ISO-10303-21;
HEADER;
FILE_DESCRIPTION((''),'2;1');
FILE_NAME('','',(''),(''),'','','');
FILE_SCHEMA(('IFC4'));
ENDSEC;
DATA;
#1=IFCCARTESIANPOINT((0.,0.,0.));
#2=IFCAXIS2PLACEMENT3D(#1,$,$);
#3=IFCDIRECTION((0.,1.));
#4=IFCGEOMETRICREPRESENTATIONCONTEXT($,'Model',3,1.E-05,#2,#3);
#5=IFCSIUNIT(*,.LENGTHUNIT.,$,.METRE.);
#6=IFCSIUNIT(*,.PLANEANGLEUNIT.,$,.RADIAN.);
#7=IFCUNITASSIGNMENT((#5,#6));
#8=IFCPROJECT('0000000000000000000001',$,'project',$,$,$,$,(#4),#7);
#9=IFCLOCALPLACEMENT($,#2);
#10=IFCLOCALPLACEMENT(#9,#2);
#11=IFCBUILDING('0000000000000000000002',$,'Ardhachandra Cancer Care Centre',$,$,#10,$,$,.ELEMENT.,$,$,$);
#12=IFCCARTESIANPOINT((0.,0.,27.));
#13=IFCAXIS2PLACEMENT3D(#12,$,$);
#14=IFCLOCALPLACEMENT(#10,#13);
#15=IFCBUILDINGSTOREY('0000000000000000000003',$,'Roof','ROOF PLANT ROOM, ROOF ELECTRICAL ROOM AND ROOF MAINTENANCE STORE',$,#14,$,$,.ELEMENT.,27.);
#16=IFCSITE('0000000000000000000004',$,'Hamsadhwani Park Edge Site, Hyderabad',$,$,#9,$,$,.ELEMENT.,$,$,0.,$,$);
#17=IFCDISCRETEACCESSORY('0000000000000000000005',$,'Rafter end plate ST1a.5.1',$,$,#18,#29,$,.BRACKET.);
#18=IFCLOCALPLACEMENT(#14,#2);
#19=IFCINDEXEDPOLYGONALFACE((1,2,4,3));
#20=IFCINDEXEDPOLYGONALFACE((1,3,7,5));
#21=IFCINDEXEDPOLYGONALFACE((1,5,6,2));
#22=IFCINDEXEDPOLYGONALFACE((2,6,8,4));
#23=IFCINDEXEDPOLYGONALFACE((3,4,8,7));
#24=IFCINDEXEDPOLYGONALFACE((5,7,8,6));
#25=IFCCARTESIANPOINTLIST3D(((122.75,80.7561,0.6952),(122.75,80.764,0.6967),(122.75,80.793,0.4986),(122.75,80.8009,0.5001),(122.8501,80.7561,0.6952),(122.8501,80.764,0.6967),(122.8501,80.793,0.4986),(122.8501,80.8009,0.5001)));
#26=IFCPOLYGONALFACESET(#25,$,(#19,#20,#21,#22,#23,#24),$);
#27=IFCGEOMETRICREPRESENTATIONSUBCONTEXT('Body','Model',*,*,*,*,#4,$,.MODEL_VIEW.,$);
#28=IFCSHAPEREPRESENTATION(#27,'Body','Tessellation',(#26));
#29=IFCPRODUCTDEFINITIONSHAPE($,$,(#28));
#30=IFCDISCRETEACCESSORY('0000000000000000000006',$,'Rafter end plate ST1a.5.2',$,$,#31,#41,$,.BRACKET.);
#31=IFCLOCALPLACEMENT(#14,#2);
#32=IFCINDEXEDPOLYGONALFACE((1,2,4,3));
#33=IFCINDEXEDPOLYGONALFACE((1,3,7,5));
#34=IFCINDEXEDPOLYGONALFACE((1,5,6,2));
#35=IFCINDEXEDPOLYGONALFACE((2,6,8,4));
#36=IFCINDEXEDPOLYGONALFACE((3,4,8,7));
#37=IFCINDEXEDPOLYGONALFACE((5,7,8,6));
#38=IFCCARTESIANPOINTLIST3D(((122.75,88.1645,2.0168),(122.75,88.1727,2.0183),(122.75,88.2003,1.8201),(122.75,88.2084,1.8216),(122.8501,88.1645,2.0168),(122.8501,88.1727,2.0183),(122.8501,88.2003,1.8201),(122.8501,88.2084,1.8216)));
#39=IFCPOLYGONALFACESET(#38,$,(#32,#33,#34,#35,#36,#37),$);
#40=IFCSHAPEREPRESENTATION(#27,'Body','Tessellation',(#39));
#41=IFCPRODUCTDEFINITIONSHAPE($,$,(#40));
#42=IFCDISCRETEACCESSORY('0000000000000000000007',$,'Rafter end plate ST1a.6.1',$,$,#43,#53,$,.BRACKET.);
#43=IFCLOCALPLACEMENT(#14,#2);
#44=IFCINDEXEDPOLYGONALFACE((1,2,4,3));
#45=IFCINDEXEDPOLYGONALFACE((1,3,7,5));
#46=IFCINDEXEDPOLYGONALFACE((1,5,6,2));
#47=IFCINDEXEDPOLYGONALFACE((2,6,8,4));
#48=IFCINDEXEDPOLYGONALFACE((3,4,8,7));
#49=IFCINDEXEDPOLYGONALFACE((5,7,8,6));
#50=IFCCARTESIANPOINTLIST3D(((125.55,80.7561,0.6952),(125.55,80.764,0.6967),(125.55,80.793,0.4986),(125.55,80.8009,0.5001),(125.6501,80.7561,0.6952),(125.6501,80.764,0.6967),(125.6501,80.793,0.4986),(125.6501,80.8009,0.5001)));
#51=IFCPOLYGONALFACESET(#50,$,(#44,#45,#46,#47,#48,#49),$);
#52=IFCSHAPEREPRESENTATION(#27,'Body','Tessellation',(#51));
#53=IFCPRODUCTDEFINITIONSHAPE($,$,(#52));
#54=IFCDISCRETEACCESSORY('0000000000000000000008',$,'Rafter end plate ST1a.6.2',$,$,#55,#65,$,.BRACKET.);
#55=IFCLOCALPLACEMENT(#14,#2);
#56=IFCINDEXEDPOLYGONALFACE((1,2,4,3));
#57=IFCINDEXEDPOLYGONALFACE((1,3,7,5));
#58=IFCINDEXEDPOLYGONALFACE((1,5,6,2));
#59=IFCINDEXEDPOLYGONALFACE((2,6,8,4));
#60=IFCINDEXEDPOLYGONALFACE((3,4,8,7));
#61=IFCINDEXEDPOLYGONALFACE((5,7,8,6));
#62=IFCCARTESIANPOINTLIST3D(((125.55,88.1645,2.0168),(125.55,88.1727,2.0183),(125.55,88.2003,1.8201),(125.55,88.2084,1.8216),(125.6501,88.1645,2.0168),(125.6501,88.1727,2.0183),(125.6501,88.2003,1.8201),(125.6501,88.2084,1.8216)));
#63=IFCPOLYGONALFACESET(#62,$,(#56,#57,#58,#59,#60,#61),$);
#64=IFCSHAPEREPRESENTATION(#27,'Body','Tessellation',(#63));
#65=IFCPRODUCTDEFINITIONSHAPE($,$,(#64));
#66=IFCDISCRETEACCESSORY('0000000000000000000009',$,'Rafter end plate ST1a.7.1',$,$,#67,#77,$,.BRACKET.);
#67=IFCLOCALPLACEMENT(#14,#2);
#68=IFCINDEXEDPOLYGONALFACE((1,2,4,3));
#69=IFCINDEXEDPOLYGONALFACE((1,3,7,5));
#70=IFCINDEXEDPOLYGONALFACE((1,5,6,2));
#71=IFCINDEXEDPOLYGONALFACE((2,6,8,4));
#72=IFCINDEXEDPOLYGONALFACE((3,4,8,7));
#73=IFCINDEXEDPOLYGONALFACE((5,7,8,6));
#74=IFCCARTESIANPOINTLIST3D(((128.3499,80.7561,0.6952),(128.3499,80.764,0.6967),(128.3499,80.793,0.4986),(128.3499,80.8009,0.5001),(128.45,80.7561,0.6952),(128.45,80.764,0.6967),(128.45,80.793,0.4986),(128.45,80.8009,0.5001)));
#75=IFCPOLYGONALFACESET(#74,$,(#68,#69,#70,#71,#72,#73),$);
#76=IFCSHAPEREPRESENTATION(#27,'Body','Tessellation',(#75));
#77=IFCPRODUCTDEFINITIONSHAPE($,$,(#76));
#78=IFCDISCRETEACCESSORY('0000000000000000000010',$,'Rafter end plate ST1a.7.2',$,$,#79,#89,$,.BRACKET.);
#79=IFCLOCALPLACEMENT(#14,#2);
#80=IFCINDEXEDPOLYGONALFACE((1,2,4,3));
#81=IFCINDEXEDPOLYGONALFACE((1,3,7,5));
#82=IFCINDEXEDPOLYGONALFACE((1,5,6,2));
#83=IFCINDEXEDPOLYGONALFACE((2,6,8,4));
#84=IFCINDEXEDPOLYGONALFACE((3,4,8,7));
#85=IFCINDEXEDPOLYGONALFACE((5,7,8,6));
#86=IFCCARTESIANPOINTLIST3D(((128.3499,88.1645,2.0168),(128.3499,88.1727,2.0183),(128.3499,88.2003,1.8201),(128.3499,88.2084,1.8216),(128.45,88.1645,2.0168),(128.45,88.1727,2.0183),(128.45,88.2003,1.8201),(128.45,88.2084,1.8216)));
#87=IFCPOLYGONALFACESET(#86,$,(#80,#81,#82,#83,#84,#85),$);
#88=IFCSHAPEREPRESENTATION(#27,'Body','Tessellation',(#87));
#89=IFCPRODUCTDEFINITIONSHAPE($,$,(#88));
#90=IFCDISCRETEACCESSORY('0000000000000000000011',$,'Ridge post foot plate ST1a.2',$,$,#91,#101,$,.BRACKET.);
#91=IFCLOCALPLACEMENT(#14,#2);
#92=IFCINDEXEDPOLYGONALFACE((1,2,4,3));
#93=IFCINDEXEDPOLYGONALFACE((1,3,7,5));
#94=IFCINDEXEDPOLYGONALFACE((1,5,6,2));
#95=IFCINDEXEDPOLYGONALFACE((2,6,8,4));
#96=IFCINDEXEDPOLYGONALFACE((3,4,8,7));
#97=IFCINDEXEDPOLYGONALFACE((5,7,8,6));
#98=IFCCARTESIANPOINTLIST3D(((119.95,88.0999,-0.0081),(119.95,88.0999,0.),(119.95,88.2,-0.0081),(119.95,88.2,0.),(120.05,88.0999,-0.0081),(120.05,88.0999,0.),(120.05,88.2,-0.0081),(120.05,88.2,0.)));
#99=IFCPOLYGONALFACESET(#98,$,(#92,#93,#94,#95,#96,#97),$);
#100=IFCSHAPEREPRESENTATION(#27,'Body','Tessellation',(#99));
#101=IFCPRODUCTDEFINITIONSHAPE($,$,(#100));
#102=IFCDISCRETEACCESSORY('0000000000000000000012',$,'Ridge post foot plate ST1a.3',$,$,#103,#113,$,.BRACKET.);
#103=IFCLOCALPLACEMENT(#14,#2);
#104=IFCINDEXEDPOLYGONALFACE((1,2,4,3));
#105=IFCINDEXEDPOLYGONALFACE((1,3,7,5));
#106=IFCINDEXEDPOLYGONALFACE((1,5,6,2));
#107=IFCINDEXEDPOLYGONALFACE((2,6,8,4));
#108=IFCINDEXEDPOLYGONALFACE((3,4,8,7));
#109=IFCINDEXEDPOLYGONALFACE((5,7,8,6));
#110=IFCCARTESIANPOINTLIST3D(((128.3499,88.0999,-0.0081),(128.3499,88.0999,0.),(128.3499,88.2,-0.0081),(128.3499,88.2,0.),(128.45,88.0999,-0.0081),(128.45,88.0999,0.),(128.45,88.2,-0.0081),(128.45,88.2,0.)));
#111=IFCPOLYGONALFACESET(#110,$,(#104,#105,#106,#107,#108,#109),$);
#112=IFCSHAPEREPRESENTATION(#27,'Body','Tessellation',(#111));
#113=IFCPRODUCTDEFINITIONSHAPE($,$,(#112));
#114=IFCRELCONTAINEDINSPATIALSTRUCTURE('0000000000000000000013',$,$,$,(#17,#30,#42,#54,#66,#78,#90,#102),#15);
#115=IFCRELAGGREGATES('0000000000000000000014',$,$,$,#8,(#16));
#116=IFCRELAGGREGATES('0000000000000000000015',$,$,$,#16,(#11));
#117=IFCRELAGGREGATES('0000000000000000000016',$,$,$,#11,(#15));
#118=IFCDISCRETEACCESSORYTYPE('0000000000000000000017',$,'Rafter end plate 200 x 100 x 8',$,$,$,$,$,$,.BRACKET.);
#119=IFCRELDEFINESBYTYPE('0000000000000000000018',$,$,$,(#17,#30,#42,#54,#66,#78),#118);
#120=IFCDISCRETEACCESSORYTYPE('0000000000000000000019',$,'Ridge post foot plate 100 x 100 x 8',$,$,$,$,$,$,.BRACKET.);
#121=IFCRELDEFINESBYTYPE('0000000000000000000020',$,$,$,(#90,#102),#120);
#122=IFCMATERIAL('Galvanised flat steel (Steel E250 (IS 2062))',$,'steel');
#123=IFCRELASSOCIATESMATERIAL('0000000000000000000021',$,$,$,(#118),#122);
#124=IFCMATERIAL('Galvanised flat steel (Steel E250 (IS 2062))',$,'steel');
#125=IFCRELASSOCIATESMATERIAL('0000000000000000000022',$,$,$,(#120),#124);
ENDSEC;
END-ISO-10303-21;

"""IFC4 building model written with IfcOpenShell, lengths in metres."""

from ifc_helpers import new_model, si_unit, direction, frame, origin, origin_2d, place, context, subcontext, project, spatial, rectangle, extrude, material, material_profile, profile_set, type_object, element, save


model = new_model("IFC4")

# Units and contexts
model_context = context("Model", 3, precision=1e-05, world=origin(), true_north=direction((0.0, 1.0)))
body_context = subcontext(model_context, "Body", "Model", "MODEL_VIEW")
ifc_project = project(units=[si_unit("LENGTHUNIT", "METRE"), si_unit("PLANEANGLEUNIT", "RADIAN")], contexts=[model_context])

# Site, building, storey
site_placement = place(None, origin())
site = spatial("IfcSite", under=ifc_project, at=site_placement, Name="Hamsadhwani Park Edge Site, Hyderabad", CompositionType="ELEMENT", RefElevation=0.0)
building_placement = place(site_placement, origin())
building = spatial("IfcBuilding", under=site, at=building_placement, Name="Ardhachandra Cancer Care Centre", CompositionType="ELEMENT")
storey_placement = place(building_placement, frame((0.0, 0.0, 27.0)))
storey = spatial("IfcBuildingStorey", under=building, at=storey_placement, Name="Roof", Description="ROOF PLANT ROOM, ROOF ELECTRICAL ROOM AND ROOF MAINTENANCE STORE", CompositionType="ELEMENT", Elevation=27.0)

# Discrete accessories
ifc_material_1 = material(Name="Galvanised flat steel (Steel E250 (IS 2062))", Category="steel")
ifc_material_profile_1 = material_profile(ifc_material_1, rectangle(XDim=0.1001, YDim=0.2, at=origin_2d()), Name="Rafter end plate 200 x 100 x 8")
ifc_profile_set_1 = profile_set([ifc_material_profile_1], Name="Galvanised flat steel (Steel E250 (IS 2062))")
discrete_accessory_type_1 = type_object("IfcDiscreteAccessoryType", Name="Rafter end plate 200 x 100 x 8", PredefinedType="BRACKET", material=ifc_profile_set_1)
discrete_accessory_1_placement = place(storey_placement, frame((122.8, 80.7825, 0.5984), z_axis=(0.0, -0.982872, -0.184289), x_axis=(1.0, 0.0, 0.0)))
element("IfcDiscreteAccessory", 1, at=discrete_accessory_1_placement, inside=storey, type_object=discrete_accessory_type_1, Name="Rafter end plate ST1a.5.1", PredefinedType="BRACKET", context=body_context, shape_type="SweptSolid", body=[
    extrude(rectangle(XDim=0.1001, YDim=0.2, at=origin_2d()), origin(), (0.0, 0.0, 1.0), 0.0081),
])
discrete_accessory_2_placement = place(storey_placement, frame((122.8, 88.1824, 1.9185), z_axis=(0.0, 0.98387, 0.178885), x_axis=(-1.0, 0.0, 0.0)))
element("IfcDiscreteAccessory", 2, at=discrete_accessory_2_placement, inside=storey, type_object=discrete_accessory_type_1, Name="Rafter end plate ST1a.5.2", PredefinedType="BRACKET", context=body_context, shape_type="SweptSolid", body=[
    extrude(rectangle(XDim=0.1001, YDim=0.2, at=origin_2d()), origin(), (0.0, 0.0, 1.0), 0.0083),
])
discrete_accessory_3_placement = place(storey_placement, frame((125.6001, 80.7825, 0.5984), z_axis=(0.0, -0.982872, -0.184289), x_axis=(1.0, 0.0, 0.0)))
element("IfcDiscreteAccessory", 3, at=discrete_accessory_3_placement, inside=storey, type_object=discrete_accessory_type_1, Name="Rafter end plate ST1a.6.1", PredefinedType="BRACKET", context=body_context, shape_type="SweptSolid", body=[
    extrude(rectangle(XDim=0.1001, YDim=0.2, at=origin_2d()), origin(), (0.0, 0.0, 1.0), 0.0081),
])
discrete_accessory_4_placement = place(storey_placement, frame((125.6001, 88.1824, 1.9185), z_axis=(0.0, 0.98387, 0.178885), x_axis=(-1.0, 0.0, 0.0)))
element("IfcDiscreteAccessory", 4, at=discrete_accessory_4_placement, inside=storey, type_object=discrete_accessory_type_1, Name="Rafter end plate ST1a.6.2", PredefinedType="BRACKET", context=body_context, shape_type="SweptSolid", body=[
    extrude(rectangle(XDim=0.1001, YDim=0.2, at=origin_2d()), origin(), (0.0, 0.0, 1.0), 0.0083),
])
discrete_accessory_5_placement = place(storey_placement, frame((128.3999, 80.7825, 0.5984), z_axis=(0.0, -0.982872, -0.184289), x_axis=(1.0, 0.0, 0.0)))
element("IfcDiscreteAccessory", 5, at=discrete_accessory_5_placement, inside=storey, type_object=discrete_accessory_type_1, Name="Rafter end plate ST1a.7.1", PredefinedType="BRACKET", context=body_context, shape_type="SweptSolid", body=[
    extrude(rectangle(XDim=0.1001, YDim=0.2, at=origin_2d()), origin(), (0.0, 0.0, 1.0), 0.0081),
])
discrete_accessory_6_placement = place(storey_placement, frame((128.3999, 88.1824, 1.9185), z_axis=(0.0, 0.98387, 0.178885), x_axis=(-1.0, 0.0, 0.0)))
element("IfcDiscreteAccessory", 6, at=discrete_accessory_6_placement, inside=storey, type_object=discrete_accessory_type_1, Name="Rafter end plate ST1a.7.2", PredefinedType="BRACKET", context=body_context, shape_type="SweptSolid", body=[
    extrude(rectangle(XDim=0.1001, YDim=0.2, at=origin_2d()), origin(), (0.0, 0.0, 1.0), 0.0083),
])
ifc_material_2 = material(Name="Galvanised flat steel (Steel E250 (IS 2062))", Category="steel")
ifc_material_profile_2 = material_profile(ifc_material_2, rectangle(XDim=0.1001, YDim=0.1001, at=origin_2d()), Name="Ridge post foot plate 100 x 100 x 8")
ifc_profile_set_2 = profile_set([ifc_material_profile_2], Name="Galvanised flat steel (Steel E250 (IS 2062))")
discrete_accessory_type_2 = type_object("IfcDiscreteAccessoryType", Name="Ridge post foot plate 100 x 100 x 8", PredefinedType="BRACKET", material=ifc_profile_set_2)
for number, where, z_axis, x_axis, name in (
    (7, (120.0, 88.1499, 0.0), (0.0, 0.0, -1.0), (1.0, 0.0, 0.0), "Ridge post foot plate ST1a.2"),
    (8, (128.3999, 88.1499, 0.0), (0.0, 0.0, -1.0), (1.0, 0.0, 0.0), "Ridge post foot plate ST1a.3"),
):
    element("IfcDiscreteAccessory", number, at=place(storey_placement, frame(where, z_axis=z_axis, x_axis=x_axis)), inside=storey, type_object=discrete_accessory_type_2, Name=name, PredefinedType="BRACKET", context=body_context, shape_type="SweptSolid", body=[
        extrude(rectangle(XDim=0.1001, YDim=0.1001, at=origin_2d()), origin(), (0.0, 0.0, 1.0), 0.0081),
    ])

save(model, "model.ifc")
